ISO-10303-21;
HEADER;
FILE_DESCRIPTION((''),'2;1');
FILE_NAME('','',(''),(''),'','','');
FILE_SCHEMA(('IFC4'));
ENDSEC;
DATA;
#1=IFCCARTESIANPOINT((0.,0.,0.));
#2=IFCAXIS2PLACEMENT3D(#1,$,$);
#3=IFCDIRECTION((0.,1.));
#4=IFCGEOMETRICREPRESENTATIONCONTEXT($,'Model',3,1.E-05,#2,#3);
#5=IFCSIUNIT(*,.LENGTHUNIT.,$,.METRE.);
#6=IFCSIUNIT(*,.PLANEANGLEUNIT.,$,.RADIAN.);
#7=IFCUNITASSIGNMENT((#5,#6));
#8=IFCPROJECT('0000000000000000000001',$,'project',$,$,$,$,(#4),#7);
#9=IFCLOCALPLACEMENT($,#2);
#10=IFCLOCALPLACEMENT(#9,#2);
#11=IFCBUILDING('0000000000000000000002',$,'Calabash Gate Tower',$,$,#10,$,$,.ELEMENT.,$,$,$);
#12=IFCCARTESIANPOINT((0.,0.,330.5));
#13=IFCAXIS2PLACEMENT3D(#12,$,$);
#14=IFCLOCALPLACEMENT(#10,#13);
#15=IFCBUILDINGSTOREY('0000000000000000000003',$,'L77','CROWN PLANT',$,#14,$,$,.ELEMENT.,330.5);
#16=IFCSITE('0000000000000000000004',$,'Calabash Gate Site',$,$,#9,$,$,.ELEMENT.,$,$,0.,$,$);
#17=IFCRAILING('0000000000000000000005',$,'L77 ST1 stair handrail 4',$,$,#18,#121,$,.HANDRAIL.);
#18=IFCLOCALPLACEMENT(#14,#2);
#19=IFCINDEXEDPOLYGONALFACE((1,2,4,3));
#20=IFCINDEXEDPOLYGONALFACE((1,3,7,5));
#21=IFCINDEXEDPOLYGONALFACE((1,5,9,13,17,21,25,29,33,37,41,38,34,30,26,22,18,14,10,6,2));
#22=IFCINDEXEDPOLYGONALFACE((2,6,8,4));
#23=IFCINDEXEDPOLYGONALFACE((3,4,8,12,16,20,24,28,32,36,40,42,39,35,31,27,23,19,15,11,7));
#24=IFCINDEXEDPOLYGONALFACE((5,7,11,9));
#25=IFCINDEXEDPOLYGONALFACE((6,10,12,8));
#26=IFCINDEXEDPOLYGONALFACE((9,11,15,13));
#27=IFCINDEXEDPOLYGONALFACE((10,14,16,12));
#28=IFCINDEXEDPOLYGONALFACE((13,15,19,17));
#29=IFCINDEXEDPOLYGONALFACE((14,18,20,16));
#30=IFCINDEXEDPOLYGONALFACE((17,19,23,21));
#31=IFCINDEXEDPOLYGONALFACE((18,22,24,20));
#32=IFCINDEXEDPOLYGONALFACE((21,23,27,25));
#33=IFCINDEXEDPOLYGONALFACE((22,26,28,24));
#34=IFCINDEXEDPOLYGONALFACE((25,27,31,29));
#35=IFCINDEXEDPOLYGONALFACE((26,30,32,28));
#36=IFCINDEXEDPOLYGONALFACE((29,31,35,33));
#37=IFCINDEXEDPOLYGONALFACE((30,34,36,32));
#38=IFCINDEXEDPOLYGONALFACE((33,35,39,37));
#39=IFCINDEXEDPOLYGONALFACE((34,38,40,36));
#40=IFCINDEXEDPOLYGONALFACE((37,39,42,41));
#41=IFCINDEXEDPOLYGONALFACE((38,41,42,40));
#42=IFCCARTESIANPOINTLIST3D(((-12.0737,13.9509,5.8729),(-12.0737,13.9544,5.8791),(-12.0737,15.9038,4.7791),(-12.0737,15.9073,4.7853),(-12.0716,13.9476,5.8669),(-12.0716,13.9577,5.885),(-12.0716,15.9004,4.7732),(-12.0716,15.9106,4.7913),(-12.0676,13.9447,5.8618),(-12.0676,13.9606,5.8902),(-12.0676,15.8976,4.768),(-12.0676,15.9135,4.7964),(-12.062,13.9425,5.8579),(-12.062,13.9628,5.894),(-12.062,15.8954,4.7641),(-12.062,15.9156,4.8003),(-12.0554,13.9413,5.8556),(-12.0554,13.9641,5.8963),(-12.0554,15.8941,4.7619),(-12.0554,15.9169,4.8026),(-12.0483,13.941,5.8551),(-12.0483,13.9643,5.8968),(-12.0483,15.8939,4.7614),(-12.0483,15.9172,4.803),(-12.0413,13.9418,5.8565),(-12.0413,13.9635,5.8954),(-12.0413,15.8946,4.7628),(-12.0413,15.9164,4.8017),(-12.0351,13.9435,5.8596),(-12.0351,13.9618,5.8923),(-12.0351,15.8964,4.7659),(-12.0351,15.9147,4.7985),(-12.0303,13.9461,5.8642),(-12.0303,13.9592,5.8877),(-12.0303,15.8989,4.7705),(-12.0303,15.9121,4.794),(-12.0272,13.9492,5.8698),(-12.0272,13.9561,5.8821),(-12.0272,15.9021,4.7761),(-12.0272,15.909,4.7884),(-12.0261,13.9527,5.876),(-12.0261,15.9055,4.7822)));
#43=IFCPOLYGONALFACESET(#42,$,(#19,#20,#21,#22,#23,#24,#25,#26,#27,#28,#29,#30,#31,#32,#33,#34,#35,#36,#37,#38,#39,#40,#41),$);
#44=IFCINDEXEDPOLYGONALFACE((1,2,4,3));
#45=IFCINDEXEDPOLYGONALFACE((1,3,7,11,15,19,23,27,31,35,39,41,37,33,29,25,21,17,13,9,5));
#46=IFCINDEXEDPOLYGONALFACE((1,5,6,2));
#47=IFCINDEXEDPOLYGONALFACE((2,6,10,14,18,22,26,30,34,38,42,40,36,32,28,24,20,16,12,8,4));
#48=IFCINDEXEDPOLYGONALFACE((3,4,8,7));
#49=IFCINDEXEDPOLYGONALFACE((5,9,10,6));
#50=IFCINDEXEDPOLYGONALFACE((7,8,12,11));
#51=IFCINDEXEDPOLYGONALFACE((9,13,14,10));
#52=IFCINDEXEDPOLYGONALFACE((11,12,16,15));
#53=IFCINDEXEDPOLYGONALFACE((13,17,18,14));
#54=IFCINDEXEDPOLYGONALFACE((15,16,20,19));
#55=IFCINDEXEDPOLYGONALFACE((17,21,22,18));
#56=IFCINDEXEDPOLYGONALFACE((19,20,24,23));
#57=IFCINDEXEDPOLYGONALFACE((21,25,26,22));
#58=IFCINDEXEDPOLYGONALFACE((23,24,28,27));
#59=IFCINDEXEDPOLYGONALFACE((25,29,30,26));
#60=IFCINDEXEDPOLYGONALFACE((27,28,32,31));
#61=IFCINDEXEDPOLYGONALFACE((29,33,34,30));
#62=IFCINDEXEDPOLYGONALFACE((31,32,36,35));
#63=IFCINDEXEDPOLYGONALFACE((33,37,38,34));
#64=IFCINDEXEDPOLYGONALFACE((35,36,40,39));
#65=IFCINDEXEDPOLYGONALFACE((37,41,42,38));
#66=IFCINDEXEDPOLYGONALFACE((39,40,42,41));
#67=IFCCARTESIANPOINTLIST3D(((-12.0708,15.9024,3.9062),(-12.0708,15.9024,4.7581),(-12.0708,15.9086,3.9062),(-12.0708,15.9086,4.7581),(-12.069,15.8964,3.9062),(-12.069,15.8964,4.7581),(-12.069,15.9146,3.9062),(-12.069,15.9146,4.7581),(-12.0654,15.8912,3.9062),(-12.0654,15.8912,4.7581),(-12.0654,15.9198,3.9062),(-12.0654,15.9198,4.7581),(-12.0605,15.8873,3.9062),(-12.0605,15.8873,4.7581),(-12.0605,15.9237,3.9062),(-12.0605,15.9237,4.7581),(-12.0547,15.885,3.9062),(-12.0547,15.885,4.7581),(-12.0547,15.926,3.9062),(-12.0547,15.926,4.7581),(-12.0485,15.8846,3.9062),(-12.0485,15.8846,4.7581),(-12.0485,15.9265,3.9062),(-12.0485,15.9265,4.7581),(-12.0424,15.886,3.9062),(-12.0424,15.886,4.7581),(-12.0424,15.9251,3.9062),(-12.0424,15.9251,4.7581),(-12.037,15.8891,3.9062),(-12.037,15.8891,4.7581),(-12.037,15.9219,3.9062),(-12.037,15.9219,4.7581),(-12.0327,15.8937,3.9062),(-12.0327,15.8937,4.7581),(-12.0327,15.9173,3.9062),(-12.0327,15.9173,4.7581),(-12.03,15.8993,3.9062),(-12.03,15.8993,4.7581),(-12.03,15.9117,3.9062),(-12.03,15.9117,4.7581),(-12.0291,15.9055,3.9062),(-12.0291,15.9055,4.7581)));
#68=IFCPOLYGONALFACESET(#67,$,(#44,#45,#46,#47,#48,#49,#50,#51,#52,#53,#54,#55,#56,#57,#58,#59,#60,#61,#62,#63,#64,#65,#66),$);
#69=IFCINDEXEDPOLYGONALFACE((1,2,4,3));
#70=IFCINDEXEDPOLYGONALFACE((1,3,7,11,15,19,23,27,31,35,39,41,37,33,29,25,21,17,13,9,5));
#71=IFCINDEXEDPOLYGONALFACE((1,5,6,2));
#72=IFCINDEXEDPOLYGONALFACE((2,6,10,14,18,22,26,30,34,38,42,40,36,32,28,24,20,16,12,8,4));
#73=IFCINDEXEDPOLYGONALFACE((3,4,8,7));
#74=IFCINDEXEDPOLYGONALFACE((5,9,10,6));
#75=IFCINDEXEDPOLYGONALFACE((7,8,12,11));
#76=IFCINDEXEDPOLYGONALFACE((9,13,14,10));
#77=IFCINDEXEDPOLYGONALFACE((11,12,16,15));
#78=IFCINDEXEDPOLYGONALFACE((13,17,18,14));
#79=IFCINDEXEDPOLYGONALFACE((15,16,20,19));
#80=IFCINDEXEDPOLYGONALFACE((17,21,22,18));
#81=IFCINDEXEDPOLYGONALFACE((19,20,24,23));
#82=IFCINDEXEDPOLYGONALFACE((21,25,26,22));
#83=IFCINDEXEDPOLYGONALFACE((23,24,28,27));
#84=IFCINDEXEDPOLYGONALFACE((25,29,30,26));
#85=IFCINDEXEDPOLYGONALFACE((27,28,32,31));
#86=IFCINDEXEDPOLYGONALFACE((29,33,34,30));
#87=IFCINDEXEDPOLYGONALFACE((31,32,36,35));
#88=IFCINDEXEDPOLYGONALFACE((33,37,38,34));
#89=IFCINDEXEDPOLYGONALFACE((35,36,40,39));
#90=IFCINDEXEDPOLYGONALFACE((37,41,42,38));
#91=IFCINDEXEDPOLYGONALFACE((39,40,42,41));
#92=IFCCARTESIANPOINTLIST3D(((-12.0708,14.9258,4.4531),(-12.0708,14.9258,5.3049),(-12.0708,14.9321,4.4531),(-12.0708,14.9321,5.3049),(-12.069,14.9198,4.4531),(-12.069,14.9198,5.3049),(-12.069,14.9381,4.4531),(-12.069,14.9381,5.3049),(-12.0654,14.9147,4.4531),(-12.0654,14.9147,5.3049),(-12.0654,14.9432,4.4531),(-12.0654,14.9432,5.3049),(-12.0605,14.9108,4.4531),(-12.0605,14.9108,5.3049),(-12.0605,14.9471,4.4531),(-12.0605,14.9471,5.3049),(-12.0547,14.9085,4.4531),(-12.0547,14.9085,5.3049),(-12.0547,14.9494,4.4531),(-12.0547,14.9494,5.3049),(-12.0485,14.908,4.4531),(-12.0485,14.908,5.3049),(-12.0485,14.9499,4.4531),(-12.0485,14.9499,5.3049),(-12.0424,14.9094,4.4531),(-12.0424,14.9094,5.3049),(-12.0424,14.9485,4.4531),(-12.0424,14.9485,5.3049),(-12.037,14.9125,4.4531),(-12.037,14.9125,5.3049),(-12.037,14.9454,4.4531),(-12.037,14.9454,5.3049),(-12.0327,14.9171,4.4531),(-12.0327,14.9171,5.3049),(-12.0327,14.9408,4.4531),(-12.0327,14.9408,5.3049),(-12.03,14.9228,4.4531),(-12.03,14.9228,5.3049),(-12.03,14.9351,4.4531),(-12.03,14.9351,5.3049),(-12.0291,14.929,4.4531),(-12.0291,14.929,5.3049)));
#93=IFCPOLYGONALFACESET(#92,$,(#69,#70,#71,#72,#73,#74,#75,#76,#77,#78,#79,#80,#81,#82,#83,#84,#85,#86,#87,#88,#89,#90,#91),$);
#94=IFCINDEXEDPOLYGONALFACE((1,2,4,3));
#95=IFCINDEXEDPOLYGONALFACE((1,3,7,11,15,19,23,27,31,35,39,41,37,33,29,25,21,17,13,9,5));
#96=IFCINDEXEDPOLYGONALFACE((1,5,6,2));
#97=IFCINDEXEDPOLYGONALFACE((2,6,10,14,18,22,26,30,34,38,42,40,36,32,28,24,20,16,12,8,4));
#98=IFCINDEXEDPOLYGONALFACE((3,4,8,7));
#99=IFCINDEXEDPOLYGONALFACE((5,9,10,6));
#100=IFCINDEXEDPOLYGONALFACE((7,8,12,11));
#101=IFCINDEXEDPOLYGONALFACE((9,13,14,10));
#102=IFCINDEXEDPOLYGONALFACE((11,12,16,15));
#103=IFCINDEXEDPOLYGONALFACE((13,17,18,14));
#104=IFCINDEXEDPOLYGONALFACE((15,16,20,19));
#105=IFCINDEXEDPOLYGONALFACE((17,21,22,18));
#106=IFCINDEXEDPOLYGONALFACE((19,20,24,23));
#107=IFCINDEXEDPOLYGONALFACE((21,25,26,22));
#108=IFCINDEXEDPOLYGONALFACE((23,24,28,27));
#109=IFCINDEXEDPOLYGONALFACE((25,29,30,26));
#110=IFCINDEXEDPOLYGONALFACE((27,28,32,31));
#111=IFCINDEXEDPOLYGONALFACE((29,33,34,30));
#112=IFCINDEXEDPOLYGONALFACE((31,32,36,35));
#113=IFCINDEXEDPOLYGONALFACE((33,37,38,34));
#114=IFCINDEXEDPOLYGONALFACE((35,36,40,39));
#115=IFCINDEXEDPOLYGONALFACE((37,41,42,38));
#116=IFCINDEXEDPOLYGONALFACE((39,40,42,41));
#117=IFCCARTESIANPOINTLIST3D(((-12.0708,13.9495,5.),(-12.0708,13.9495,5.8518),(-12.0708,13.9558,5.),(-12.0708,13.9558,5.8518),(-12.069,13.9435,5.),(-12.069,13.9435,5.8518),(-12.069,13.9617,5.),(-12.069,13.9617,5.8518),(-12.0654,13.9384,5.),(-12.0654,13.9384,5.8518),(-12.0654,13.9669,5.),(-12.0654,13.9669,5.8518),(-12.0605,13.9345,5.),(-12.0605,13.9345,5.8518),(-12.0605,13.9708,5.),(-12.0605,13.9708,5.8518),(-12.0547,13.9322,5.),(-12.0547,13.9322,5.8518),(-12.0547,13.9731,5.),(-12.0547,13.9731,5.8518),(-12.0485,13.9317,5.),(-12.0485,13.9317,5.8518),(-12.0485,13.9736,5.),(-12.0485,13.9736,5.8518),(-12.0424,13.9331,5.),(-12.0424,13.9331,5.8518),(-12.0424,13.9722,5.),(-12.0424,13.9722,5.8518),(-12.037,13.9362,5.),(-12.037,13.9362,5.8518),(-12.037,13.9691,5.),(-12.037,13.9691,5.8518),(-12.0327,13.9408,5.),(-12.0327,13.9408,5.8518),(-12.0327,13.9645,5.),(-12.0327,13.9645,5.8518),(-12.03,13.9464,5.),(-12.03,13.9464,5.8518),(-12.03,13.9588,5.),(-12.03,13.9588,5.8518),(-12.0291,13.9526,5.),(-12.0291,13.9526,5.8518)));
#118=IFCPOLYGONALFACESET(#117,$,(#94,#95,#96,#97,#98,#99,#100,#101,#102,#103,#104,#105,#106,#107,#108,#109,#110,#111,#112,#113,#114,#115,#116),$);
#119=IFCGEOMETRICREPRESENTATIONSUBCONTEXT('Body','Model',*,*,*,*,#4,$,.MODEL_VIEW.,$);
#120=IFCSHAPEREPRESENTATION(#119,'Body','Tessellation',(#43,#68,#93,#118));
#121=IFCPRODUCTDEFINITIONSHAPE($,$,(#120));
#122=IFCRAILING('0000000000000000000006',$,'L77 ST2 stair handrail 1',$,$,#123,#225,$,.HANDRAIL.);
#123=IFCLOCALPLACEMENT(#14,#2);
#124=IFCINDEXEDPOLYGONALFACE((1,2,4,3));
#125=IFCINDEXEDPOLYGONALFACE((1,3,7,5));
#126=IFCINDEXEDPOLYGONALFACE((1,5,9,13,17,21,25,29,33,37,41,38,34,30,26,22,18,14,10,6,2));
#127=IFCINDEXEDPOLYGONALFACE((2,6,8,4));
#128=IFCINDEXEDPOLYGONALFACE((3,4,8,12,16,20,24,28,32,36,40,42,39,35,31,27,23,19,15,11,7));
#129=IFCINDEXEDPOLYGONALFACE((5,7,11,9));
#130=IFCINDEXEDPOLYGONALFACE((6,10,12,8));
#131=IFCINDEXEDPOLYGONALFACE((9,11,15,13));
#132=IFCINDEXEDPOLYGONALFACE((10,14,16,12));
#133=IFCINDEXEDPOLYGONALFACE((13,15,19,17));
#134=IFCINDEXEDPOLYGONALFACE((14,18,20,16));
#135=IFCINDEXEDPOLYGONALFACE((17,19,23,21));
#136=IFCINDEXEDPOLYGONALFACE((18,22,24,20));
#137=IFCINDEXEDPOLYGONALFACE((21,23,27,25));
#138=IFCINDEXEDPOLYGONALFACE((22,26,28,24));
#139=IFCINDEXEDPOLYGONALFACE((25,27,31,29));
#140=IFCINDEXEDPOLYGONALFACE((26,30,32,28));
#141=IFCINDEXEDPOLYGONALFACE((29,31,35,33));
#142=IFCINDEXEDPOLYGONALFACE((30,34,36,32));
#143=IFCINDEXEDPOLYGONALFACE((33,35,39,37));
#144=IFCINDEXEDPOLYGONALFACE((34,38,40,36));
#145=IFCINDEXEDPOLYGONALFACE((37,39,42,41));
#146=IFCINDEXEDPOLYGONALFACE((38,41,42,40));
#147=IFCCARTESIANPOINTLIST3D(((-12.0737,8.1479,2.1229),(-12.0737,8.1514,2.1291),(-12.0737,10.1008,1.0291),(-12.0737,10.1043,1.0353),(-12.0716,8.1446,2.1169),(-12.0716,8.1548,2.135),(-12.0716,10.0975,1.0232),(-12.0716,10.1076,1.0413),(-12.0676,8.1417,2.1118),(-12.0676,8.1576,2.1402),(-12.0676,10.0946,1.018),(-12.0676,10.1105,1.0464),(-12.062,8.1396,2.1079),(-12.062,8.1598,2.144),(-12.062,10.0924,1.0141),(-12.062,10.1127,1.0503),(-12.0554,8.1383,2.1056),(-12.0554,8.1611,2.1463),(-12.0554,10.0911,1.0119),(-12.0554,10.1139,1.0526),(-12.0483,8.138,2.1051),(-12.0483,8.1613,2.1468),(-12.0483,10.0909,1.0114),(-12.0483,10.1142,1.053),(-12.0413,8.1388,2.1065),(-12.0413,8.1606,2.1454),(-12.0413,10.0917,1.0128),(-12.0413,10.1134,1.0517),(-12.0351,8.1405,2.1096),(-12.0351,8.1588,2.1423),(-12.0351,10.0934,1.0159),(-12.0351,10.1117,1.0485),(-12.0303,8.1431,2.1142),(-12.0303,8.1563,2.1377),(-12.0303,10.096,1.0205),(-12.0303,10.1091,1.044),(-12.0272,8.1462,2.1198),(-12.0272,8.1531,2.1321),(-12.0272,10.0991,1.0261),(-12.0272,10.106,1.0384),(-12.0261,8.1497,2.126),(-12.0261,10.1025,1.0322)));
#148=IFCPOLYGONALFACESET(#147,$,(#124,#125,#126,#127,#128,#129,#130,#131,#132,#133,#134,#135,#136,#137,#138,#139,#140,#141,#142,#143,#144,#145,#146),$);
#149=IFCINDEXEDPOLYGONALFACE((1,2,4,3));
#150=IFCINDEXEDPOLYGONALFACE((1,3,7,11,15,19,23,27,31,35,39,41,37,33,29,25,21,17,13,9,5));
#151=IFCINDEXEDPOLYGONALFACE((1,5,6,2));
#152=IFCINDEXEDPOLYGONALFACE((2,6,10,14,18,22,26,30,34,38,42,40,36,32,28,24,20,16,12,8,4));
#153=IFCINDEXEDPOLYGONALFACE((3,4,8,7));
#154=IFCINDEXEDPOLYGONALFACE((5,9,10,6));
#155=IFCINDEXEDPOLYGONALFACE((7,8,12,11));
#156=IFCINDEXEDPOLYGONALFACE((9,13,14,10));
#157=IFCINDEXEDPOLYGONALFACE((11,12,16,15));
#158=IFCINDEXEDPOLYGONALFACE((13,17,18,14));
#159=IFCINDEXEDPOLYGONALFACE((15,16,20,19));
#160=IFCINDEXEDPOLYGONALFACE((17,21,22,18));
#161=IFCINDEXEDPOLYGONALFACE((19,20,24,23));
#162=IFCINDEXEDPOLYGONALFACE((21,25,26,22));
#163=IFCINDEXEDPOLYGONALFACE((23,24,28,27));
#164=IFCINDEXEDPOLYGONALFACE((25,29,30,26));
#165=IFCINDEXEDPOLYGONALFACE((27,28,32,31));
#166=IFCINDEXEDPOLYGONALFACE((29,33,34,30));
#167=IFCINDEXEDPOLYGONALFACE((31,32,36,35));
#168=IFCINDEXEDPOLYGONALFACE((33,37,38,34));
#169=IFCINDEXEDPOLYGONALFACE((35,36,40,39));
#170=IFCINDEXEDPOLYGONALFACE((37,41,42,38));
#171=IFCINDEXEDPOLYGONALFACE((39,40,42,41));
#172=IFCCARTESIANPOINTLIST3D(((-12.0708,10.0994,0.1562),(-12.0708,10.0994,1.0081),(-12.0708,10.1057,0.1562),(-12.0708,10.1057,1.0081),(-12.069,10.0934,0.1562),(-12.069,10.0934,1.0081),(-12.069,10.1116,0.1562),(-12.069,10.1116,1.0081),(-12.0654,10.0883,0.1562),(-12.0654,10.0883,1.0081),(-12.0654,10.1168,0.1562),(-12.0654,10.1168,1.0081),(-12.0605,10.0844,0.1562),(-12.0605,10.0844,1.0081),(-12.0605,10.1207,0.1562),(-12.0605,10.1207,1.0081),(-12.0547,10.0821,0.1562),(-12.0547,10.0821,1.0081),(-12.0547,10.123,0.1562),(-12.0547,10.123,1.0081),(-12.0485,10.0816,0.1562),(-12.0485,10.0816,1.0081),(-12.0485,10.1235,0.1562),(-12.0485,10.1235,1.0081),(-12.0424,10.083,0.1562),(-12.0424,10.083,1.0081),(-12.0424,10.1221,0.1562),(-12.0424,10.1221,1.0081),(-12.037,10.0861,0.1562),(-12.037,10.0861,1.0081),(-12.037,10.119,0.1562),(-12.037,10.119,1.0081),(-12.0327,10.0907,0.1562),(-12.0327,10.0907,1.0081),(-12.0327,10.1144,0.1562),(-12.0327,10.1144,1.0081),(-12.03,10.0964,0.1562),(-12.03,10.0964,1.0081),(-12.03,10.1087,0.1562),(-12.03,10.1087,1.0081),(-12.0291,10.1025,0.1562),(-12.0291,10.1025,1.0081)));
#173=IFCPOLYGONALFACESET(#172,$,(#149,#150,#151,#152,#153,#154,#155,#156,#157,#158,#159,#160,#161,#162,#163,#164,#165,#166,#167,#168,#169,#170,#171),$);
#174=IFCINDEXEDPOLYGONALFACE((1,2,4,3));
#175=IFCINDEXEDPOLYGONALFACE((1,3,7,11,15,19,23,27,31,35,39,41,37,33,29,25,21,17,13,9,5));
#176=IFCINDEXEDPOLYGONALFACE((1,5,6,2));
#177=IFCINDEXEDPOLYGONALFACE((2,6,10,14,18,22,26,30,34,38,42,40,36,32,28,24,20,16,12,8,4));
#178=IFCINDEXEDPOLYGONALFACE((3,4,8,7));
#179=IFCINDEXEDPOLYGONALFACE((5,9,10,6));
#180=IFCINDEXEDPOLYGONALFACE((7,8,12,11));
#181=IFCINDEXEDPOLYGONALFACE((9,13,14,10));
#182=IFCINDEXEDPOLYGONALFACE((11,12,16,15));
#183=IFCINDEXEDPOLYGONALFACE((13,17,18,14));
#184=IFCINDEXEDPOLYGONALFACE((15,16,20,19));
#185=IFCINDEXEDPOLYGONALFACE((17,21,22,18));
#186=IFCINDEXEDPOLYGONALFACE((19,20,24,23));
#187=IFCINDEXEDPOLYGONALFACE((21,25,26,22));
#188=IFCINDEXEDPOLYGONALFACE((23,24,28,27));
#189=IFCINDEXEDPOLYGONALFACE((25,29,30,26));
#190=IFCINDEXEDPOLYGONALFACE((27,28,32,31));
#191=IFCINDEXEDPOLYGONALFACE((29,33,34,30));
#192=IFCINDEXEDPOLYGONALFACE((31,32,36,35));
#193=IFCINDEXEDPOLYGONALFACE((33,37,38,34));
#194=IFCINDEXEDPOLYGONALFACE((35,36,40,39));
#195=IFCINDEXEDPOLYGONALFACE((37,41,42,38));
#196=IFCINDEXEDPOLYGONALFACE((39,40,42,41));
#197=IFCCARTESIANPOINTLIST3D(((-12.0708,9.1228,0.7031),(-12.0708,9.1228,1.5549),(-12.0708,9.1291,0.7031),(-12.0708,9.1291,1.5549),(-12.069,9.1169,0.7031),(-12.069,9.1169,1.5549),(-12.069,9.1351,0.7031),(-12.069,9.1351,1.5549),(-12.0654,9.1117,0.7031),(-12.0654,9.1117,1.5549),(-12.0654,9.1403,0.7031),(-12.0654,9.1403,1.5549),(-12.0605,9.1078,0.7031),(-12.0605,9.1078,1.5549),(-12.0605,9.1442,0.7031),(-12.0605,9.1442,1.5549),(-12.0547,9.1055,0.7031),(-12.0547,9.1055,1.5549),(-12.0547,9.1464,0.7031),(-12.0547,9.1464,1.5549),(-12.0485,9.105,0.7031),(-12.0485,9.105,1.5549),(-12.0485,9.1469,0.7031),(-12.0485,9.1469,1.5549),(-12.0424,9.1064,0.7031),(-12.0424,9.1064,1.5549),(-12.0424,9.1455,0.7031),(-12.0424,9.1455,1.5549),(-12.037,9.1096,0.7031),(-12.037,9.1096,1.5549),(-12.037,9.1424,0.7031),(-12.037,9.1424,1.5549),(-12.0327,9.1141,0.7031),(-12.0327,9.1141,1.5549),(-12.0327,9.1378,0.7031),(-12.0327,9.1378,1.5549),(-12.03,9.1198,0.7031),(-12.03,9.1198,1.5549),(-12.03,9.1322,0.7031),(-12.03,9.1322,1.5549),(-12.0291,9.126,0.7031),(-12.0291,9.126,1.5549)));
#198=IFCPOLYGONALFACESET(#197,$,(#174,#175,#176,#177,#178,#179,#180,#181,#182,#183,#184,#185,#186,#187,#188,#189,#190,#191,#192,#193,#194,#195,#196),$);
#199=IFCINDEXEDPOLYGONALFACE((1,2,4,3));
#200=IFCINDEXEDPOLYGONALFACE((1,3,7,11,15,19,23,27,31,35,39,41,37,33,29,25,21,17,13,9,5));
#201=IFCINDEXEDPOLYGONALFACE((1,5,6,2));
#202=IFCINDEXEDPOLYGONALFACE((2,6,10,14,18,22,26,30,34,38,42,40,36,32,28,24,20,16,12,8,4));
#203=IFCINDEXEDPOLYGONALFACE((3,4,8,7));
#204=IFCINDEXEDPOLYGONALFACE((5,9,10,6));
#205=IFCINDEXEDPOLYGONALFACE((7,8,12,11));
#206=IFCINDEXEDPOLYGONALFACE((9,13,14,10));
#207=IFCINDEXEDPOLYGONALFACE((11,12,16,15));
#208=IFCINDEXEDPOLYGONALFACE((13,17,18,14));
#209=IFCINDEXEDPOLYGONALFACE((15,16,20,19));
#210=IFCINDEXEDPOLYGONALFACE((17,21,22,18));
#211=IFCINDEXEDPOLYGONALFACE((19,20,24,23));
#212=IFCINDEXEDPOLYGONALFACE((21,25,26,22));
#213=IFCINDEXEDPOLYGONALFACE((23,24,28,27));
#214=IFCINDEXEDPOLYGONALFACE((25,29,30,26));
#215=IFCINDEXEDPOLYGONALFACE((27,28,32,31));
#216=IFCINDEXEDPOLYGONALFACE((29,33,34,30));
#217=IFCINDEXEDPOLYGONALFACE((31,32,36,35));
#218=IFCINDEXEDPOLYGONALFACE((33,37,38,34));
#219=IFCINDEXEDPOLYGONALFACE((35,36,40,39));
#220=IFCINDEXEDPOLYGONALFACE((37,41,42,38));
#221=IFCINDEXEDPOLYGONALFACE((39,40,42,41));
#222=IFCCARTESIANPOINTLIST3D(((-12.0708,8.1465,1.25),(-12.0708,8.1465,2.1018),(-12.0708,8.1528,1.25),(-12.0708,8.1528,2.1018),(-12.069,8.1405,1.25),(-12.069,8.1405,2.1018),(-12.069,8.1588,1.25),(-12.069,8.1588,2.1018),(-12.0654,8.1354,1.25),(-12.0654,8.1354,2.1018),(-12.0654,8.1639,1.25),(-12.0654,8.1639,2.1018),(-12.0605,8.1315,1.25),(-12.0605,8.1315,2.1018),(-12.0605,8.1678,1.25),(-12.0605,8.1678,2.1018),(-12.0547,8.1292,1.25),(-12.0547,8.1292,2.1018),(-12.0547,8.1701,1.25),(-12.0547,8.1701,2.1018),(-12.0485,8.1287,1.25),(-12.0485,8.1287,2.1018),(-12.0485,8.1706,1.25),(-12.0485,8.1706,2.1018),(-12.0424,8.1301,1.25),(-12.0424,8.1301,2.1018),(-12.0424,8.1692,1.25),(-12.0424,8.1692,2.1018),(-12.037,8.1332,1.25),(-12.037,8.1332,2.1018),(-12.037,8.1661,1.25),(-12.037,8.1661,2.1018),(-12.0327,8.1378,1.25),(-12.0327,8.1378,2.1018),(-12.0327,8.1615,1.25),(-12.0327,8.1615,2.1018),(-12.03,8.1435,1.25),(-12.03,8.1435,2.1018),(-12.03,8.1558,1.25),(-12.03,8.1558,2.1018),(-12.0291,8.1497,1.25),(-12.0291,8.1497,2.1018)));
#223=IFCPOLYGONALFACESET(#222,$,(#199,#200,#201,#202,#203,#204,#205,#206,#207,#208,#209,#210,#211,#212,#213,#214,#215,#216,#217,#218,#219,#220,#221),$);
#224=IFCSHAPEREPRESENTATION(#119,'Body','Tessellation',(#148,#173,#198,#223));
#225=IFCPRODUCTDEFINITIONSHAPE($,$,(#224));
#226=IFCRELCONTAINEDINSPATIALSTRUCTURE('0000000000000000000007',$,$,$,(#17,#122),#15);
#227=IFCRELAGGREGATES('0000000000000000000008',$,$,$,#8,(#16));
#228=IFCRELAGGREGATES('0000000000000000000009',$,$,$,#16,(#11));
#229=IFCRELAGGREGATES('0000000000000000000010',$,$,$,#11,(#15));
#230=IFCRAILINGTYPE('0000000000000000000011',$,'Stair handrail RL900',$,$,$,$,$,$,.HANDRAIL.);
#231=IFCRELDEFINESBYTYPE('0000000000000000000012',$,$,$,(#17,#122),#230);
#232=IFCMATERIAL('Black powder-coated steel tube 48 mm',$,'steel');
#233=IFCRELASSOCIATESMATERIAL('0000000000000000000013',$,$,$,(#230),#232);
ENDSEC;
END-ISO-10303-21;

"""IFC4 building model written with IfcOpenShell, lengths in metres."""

from ifc_helpers import new_model, si_unit, direction, frame, origin, origin_2d, place, context, subcontext, project, spatial, circle, extrude, material, type_object, element, save


model = new_model("IFC4")

# Units and contexts
model_context = context("Model", 3, precision=1e-05, world=origin(), true_north=direction((0.0, 1.0)))
body_context = subcontext(model_context, "Body", "Model", "MODEL_VIEW")
ifc_project = project(units=[si_unit("LENGTHUNIT", "METRE"), si_unit("PLANEANGLEUNIT", "RADIAN")], contexts=[model_context])

# Site, building, storey
site_placement = place(None, origin())
site = spatial("IfcSite", under=ifc_project, at=site_placement, Name="Calabash Gate Site", CompositionType="ELEMENT", RefElevation=0.0)
building_placement = place(site_placement, origin())
building = spatial("IfcBuilding", under=site, at=building_placement, Name="Calabash Gate Tower", CompositionType="ELEMENT")
storey_placement = place(building_placement, frame((0.0, 0.0, 330.5)))
storey = spatial("IfcBuildingStorey", under=building, at=storey_placement, Name="L77", Description="CROWN PLANT", CompositionType="ELEMENT", Elevation=330.5)

# Railings
ifc_material_1 = material(Name="Black powder-coated steel tube 48 mm", Category="steel")
railing_type_1 = type_object("IfcRailingType", Name="Stair handrail RL900", PredefinedType="HANDRAIL", material=ifc_material_1)
for number, where, name in (
    (1, (-12.05, 15.9055, 3.9062), "L77 ST1 stair handrail 4"),
    (2, (-12.05, 10.1025, 0.1562), "L77 ST2 stair handrail 1"),
):
    element("IfcRailing", number, at=place(storey_placement, frame(where)), inside=storey, type_object=railing_type_1, Name=name, PredefinedType="HANDRAIL", context=body_context, shape_type="SweptSolid", body=[
        extrude(circle(Radius=0.0239, at=origin_2d()), frame((0.0, 0.0, 0.876), z_axis=(0.0, -0.87248, 0.48865), x_axis=(1.0, 0.0, 0.0)), (0.0, 0.0, 1.0), 2.2383),
        extrude(circle(Radius=0.021, at=origin_2d()), origin(), (0.0, 0.0, 1.0), 0.8518),
        extrude(circle(Radius=0.021, at=origin_2d()), frame((0.0, -0.9766, 0.5469)), (0.0, 0.0, 1.0), 0.8518),
        extrude(circle(Radius=0.021, at=origin_2d()), frame((0.0, -1.9529, 1.0938)), (0.0, 0.0, 1.0), 0.8518),
    ])

save(model, "model.ifc")
